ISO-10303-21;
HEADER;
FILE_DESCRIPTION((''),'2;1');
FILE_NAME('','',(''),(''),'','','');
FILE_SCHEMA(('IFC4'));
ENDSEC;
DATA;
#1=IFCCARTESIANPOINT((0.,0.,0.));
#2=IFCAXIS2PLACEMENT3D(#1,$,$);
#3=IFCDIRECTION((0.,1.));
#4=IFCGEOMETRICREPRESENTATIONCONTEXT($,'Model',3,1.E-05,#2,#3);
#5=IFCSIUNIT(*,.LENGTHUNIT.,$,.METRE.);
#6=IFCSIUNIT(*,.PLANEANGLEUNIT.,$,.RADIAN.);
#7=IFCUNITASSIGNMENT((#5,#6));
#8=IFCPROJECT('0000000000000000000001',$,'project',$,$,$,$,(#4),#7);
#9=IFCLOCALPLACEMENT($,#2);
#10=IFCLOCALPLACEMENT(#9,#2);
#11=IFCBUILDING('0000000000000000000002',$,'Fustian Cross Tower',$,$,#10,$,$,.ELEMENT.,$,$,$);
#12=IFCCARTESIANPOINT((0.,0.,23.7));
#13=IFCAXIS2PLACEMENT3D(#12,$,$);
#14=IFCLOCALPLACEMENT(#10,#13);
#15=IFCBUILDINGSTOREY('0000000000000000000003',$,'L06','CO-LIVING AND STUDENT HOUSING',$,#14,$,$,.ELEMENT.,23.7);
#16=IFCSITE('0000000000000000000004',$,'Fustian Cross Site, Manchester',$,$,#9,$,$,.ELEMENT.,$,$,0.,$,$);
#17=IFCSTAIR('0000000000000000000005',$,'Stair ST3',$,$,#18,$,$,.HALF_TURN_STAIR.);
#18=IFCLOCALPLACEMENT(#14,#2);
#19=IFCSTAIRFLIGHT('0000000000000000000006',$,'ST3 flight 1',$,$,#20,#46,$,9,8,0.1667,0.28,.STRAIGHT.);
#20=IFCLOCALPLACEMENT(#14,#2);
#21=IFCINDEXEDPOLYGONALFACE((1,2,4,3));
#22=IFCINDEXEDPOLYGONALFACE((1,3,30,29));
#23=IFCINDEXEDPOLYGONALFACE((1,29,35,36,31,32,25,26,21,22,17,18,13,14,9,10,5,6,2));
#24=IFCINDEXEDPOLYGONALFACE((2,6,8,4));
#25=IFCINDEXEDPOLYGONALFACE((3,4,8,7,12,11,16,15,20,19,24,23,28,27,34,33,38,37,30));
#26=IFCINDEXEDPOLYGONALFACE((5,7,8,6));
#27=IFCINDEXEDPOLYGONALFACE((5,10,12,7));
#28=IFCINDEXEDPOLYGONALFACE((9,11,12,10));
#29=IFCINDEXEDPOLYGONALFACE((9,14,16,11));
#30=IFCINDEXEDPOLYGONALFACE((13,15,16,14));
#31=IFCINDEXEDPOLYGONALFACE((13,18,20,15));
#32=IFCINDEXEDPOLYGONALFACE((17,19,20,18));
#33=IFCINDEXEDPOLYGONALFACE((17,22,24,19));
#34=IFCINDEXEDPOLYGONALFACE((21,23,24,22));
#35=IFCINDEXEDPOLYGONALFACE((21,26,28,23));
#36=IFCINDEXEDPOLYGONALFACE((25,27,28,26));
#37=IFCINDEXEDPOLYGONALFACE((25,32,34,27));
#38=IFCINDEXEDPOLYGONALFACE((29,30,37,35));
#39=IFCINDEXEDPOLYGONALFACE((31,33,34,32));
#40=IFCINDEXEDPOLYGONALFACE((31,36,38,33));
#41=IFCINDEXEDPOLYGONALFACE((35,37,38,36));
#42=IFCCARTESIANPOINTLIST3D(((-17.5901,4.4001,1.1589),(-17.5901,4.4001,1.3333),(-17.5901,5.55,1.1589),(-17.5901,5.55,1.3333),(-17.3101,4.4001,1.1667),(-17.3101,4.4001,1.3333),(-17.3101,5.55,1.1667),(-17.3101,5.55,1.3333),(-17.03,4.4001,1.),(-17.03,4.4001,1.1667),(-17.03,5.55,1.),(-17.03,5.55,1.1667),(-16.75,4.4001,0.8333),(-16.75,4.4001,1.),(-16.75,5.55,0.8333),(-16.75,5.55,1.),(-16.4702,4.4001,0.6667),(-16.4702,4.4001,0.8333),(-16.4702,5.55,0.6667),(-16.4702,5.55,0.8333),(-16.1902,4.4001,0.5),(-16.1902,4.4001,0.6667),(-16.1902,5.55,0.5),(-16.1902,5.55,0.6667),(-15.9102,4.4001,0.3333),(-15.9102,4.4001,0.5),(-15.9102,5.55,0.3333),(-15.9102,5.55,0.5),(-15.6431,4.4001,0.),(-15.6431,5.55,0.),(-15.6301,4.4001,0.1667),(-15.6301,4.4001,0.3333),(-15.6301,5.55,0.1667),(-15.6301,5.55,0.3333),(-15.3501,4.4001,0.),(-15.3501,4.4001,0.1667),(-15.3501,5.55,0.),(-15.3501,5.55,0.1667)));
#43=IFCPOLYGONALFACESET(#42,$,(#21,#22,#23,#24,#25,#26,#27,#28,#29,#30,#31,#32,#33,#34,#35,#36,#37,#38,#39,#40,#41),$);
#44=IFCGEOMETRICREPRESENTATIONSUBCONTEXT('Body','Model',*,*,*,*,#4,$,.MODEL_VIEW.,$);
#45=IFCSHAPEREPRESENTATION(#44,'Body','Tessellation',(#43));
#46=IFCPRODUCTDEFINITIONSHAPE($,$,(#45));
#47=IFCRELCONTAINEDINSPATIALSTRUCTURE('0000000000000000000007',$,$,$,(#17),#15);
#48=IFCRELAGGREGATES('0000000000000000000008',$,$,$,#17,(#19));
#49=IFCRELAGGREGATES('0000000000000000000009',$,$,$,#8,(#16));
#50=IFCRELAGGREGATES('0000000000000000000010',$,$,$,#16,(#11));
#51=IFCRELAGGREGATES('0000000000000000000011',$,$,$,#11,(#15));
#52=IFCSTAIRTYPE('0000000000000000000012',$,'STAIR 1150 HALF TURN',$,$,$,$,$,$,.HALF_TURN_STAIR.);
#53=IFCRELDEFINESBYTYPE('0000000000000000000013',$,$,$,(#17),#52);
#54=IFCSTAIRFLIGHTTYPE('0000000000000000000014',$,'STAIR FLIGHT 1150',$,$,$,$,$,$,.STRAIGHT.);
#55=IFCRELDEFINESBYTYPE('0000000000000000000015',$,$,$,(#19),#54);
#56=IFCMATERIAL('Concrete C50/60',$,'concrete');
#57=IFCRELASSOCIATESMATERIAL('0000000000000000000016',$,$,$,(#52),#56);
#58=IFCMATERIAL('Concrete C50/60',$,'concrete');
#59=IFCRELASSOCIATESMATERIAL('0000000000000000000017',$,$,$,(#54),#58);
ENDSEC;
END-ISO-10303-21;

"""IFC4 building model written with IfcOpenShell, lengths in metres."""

from ifc_helpers import new_model, si_unit, direction, frame, origin, place, context, subcontext, project, spatial, polyline, outline, extrude, material, type_object, element, aggregate, save


model = new_model("IFC4")

# Units and contexts
model_context = context("Model", 3, precision=1e-05, world=origin(), true_north=direction((0.0, 1.0)))
body_context = subcontext(model_context, "Body", "Model", "MODEL_VIEW")
ifc_project = project(units=[si_unit("LENGTHUNIT", "METRE"), si_unit("PLANEANGLEUNIT", "RADIAN")], contexts=[model_context])

# Site, building, storey
site_placement = place(None, origin())
site = spatial("IfcSite", under=ifc_project, at=site_placement, Name="Fustian Cross Site, Manchester", CompositionType="ELEMENT", RefElevation=0.0)
building_placement = place(site_placement, origin())
building = spatial("IfcBuilding", under=site, at=building_placement, Name="Fustian Cross Tower", CompositionType="ELEMENT")
storey_placement = place(building_placement, frame((0.0, 0.0, 23.7)))
storey = spatial("IfcBuildingStorey", under=building, at=storey_placement, Name="L06", Description="CO-LIVING AND STUDENT HOUSING", CompositionType="ELEMENT", Elevation=23.7)

# Stair, stair flight
ifc_material_1 = material(Name="Concrete C50/60", Category="concrete")
stair_type = type_object("IfcStairType", Name="STAIR 1150 HALF TURN", PredefinedType="HALF_TURN_STAIR", material=ifc_material_1)
stair_placement = place(storey_placement, origin())
stair = element("IfcStair", 1, at=stair_placement, inside=storey, type_object=stair_type, Name="Stair ST3", PredefinedType="HALF_TURN_STAIR")
ifc_material_2 = material(Name="Concrete C50/60", Category="concrete")
stair_flight_type = type_object("IfcStairFlightType", Name="STAIR FLIGHT 1150", PredefinedType="STRAIGHT", material=ifc_material_2)
stair_flight_placement = place(storey_placement, frame((-15.3501, 4.9751, 0.0), z_axis=(0.0, 0.0, 1.0), x_axis=(-1.0, 0.0, 0.0)))
stair_flight = element("IfcStairFlight", 2, at=stair_flight_placement, type_object=stair_flight_type, Name="ST3 flight 1", NumberOfRisers=9, NumberOfTreads=8, PredefinedType="STRAIGHT", RiserHeight=0.1667, TreadLength=0.28, context=body_context, shape_type="SweptSolid", body=[
    extrude(outline(polyline([(0.0, 0.0), (0.0, 0.1667), (0.28, 0.1667), (0.28, 0.3333), (0.5601, 0.3333), (0.5601, 0.5), (0.8401, 0.5), (0.8401, 0.6667), (1.1201, 0.6667), (1.1201, 0.8333), (1.3999, 0.8333), (1.3999, 1.0), (1.6799, 1.0), (1.6799, 1.1667), (1.96, 1.1667), (1.96, 1.3333), (2.24, 1.3333), (2.24, 1.5), (2.24, 1.1589), (0.293, 0.0), (0.0, 0.0)])), frame((0.0, 0.575, 0.0), z_axis=(0.0, -1.0, 0.0), x_axis=(1.0, 0.0, 0.0)), (0.0, 0.0, 1.0), 1.1499),
])
aggregate(stair, [stair_flight])

save(model, "model.ifc")
